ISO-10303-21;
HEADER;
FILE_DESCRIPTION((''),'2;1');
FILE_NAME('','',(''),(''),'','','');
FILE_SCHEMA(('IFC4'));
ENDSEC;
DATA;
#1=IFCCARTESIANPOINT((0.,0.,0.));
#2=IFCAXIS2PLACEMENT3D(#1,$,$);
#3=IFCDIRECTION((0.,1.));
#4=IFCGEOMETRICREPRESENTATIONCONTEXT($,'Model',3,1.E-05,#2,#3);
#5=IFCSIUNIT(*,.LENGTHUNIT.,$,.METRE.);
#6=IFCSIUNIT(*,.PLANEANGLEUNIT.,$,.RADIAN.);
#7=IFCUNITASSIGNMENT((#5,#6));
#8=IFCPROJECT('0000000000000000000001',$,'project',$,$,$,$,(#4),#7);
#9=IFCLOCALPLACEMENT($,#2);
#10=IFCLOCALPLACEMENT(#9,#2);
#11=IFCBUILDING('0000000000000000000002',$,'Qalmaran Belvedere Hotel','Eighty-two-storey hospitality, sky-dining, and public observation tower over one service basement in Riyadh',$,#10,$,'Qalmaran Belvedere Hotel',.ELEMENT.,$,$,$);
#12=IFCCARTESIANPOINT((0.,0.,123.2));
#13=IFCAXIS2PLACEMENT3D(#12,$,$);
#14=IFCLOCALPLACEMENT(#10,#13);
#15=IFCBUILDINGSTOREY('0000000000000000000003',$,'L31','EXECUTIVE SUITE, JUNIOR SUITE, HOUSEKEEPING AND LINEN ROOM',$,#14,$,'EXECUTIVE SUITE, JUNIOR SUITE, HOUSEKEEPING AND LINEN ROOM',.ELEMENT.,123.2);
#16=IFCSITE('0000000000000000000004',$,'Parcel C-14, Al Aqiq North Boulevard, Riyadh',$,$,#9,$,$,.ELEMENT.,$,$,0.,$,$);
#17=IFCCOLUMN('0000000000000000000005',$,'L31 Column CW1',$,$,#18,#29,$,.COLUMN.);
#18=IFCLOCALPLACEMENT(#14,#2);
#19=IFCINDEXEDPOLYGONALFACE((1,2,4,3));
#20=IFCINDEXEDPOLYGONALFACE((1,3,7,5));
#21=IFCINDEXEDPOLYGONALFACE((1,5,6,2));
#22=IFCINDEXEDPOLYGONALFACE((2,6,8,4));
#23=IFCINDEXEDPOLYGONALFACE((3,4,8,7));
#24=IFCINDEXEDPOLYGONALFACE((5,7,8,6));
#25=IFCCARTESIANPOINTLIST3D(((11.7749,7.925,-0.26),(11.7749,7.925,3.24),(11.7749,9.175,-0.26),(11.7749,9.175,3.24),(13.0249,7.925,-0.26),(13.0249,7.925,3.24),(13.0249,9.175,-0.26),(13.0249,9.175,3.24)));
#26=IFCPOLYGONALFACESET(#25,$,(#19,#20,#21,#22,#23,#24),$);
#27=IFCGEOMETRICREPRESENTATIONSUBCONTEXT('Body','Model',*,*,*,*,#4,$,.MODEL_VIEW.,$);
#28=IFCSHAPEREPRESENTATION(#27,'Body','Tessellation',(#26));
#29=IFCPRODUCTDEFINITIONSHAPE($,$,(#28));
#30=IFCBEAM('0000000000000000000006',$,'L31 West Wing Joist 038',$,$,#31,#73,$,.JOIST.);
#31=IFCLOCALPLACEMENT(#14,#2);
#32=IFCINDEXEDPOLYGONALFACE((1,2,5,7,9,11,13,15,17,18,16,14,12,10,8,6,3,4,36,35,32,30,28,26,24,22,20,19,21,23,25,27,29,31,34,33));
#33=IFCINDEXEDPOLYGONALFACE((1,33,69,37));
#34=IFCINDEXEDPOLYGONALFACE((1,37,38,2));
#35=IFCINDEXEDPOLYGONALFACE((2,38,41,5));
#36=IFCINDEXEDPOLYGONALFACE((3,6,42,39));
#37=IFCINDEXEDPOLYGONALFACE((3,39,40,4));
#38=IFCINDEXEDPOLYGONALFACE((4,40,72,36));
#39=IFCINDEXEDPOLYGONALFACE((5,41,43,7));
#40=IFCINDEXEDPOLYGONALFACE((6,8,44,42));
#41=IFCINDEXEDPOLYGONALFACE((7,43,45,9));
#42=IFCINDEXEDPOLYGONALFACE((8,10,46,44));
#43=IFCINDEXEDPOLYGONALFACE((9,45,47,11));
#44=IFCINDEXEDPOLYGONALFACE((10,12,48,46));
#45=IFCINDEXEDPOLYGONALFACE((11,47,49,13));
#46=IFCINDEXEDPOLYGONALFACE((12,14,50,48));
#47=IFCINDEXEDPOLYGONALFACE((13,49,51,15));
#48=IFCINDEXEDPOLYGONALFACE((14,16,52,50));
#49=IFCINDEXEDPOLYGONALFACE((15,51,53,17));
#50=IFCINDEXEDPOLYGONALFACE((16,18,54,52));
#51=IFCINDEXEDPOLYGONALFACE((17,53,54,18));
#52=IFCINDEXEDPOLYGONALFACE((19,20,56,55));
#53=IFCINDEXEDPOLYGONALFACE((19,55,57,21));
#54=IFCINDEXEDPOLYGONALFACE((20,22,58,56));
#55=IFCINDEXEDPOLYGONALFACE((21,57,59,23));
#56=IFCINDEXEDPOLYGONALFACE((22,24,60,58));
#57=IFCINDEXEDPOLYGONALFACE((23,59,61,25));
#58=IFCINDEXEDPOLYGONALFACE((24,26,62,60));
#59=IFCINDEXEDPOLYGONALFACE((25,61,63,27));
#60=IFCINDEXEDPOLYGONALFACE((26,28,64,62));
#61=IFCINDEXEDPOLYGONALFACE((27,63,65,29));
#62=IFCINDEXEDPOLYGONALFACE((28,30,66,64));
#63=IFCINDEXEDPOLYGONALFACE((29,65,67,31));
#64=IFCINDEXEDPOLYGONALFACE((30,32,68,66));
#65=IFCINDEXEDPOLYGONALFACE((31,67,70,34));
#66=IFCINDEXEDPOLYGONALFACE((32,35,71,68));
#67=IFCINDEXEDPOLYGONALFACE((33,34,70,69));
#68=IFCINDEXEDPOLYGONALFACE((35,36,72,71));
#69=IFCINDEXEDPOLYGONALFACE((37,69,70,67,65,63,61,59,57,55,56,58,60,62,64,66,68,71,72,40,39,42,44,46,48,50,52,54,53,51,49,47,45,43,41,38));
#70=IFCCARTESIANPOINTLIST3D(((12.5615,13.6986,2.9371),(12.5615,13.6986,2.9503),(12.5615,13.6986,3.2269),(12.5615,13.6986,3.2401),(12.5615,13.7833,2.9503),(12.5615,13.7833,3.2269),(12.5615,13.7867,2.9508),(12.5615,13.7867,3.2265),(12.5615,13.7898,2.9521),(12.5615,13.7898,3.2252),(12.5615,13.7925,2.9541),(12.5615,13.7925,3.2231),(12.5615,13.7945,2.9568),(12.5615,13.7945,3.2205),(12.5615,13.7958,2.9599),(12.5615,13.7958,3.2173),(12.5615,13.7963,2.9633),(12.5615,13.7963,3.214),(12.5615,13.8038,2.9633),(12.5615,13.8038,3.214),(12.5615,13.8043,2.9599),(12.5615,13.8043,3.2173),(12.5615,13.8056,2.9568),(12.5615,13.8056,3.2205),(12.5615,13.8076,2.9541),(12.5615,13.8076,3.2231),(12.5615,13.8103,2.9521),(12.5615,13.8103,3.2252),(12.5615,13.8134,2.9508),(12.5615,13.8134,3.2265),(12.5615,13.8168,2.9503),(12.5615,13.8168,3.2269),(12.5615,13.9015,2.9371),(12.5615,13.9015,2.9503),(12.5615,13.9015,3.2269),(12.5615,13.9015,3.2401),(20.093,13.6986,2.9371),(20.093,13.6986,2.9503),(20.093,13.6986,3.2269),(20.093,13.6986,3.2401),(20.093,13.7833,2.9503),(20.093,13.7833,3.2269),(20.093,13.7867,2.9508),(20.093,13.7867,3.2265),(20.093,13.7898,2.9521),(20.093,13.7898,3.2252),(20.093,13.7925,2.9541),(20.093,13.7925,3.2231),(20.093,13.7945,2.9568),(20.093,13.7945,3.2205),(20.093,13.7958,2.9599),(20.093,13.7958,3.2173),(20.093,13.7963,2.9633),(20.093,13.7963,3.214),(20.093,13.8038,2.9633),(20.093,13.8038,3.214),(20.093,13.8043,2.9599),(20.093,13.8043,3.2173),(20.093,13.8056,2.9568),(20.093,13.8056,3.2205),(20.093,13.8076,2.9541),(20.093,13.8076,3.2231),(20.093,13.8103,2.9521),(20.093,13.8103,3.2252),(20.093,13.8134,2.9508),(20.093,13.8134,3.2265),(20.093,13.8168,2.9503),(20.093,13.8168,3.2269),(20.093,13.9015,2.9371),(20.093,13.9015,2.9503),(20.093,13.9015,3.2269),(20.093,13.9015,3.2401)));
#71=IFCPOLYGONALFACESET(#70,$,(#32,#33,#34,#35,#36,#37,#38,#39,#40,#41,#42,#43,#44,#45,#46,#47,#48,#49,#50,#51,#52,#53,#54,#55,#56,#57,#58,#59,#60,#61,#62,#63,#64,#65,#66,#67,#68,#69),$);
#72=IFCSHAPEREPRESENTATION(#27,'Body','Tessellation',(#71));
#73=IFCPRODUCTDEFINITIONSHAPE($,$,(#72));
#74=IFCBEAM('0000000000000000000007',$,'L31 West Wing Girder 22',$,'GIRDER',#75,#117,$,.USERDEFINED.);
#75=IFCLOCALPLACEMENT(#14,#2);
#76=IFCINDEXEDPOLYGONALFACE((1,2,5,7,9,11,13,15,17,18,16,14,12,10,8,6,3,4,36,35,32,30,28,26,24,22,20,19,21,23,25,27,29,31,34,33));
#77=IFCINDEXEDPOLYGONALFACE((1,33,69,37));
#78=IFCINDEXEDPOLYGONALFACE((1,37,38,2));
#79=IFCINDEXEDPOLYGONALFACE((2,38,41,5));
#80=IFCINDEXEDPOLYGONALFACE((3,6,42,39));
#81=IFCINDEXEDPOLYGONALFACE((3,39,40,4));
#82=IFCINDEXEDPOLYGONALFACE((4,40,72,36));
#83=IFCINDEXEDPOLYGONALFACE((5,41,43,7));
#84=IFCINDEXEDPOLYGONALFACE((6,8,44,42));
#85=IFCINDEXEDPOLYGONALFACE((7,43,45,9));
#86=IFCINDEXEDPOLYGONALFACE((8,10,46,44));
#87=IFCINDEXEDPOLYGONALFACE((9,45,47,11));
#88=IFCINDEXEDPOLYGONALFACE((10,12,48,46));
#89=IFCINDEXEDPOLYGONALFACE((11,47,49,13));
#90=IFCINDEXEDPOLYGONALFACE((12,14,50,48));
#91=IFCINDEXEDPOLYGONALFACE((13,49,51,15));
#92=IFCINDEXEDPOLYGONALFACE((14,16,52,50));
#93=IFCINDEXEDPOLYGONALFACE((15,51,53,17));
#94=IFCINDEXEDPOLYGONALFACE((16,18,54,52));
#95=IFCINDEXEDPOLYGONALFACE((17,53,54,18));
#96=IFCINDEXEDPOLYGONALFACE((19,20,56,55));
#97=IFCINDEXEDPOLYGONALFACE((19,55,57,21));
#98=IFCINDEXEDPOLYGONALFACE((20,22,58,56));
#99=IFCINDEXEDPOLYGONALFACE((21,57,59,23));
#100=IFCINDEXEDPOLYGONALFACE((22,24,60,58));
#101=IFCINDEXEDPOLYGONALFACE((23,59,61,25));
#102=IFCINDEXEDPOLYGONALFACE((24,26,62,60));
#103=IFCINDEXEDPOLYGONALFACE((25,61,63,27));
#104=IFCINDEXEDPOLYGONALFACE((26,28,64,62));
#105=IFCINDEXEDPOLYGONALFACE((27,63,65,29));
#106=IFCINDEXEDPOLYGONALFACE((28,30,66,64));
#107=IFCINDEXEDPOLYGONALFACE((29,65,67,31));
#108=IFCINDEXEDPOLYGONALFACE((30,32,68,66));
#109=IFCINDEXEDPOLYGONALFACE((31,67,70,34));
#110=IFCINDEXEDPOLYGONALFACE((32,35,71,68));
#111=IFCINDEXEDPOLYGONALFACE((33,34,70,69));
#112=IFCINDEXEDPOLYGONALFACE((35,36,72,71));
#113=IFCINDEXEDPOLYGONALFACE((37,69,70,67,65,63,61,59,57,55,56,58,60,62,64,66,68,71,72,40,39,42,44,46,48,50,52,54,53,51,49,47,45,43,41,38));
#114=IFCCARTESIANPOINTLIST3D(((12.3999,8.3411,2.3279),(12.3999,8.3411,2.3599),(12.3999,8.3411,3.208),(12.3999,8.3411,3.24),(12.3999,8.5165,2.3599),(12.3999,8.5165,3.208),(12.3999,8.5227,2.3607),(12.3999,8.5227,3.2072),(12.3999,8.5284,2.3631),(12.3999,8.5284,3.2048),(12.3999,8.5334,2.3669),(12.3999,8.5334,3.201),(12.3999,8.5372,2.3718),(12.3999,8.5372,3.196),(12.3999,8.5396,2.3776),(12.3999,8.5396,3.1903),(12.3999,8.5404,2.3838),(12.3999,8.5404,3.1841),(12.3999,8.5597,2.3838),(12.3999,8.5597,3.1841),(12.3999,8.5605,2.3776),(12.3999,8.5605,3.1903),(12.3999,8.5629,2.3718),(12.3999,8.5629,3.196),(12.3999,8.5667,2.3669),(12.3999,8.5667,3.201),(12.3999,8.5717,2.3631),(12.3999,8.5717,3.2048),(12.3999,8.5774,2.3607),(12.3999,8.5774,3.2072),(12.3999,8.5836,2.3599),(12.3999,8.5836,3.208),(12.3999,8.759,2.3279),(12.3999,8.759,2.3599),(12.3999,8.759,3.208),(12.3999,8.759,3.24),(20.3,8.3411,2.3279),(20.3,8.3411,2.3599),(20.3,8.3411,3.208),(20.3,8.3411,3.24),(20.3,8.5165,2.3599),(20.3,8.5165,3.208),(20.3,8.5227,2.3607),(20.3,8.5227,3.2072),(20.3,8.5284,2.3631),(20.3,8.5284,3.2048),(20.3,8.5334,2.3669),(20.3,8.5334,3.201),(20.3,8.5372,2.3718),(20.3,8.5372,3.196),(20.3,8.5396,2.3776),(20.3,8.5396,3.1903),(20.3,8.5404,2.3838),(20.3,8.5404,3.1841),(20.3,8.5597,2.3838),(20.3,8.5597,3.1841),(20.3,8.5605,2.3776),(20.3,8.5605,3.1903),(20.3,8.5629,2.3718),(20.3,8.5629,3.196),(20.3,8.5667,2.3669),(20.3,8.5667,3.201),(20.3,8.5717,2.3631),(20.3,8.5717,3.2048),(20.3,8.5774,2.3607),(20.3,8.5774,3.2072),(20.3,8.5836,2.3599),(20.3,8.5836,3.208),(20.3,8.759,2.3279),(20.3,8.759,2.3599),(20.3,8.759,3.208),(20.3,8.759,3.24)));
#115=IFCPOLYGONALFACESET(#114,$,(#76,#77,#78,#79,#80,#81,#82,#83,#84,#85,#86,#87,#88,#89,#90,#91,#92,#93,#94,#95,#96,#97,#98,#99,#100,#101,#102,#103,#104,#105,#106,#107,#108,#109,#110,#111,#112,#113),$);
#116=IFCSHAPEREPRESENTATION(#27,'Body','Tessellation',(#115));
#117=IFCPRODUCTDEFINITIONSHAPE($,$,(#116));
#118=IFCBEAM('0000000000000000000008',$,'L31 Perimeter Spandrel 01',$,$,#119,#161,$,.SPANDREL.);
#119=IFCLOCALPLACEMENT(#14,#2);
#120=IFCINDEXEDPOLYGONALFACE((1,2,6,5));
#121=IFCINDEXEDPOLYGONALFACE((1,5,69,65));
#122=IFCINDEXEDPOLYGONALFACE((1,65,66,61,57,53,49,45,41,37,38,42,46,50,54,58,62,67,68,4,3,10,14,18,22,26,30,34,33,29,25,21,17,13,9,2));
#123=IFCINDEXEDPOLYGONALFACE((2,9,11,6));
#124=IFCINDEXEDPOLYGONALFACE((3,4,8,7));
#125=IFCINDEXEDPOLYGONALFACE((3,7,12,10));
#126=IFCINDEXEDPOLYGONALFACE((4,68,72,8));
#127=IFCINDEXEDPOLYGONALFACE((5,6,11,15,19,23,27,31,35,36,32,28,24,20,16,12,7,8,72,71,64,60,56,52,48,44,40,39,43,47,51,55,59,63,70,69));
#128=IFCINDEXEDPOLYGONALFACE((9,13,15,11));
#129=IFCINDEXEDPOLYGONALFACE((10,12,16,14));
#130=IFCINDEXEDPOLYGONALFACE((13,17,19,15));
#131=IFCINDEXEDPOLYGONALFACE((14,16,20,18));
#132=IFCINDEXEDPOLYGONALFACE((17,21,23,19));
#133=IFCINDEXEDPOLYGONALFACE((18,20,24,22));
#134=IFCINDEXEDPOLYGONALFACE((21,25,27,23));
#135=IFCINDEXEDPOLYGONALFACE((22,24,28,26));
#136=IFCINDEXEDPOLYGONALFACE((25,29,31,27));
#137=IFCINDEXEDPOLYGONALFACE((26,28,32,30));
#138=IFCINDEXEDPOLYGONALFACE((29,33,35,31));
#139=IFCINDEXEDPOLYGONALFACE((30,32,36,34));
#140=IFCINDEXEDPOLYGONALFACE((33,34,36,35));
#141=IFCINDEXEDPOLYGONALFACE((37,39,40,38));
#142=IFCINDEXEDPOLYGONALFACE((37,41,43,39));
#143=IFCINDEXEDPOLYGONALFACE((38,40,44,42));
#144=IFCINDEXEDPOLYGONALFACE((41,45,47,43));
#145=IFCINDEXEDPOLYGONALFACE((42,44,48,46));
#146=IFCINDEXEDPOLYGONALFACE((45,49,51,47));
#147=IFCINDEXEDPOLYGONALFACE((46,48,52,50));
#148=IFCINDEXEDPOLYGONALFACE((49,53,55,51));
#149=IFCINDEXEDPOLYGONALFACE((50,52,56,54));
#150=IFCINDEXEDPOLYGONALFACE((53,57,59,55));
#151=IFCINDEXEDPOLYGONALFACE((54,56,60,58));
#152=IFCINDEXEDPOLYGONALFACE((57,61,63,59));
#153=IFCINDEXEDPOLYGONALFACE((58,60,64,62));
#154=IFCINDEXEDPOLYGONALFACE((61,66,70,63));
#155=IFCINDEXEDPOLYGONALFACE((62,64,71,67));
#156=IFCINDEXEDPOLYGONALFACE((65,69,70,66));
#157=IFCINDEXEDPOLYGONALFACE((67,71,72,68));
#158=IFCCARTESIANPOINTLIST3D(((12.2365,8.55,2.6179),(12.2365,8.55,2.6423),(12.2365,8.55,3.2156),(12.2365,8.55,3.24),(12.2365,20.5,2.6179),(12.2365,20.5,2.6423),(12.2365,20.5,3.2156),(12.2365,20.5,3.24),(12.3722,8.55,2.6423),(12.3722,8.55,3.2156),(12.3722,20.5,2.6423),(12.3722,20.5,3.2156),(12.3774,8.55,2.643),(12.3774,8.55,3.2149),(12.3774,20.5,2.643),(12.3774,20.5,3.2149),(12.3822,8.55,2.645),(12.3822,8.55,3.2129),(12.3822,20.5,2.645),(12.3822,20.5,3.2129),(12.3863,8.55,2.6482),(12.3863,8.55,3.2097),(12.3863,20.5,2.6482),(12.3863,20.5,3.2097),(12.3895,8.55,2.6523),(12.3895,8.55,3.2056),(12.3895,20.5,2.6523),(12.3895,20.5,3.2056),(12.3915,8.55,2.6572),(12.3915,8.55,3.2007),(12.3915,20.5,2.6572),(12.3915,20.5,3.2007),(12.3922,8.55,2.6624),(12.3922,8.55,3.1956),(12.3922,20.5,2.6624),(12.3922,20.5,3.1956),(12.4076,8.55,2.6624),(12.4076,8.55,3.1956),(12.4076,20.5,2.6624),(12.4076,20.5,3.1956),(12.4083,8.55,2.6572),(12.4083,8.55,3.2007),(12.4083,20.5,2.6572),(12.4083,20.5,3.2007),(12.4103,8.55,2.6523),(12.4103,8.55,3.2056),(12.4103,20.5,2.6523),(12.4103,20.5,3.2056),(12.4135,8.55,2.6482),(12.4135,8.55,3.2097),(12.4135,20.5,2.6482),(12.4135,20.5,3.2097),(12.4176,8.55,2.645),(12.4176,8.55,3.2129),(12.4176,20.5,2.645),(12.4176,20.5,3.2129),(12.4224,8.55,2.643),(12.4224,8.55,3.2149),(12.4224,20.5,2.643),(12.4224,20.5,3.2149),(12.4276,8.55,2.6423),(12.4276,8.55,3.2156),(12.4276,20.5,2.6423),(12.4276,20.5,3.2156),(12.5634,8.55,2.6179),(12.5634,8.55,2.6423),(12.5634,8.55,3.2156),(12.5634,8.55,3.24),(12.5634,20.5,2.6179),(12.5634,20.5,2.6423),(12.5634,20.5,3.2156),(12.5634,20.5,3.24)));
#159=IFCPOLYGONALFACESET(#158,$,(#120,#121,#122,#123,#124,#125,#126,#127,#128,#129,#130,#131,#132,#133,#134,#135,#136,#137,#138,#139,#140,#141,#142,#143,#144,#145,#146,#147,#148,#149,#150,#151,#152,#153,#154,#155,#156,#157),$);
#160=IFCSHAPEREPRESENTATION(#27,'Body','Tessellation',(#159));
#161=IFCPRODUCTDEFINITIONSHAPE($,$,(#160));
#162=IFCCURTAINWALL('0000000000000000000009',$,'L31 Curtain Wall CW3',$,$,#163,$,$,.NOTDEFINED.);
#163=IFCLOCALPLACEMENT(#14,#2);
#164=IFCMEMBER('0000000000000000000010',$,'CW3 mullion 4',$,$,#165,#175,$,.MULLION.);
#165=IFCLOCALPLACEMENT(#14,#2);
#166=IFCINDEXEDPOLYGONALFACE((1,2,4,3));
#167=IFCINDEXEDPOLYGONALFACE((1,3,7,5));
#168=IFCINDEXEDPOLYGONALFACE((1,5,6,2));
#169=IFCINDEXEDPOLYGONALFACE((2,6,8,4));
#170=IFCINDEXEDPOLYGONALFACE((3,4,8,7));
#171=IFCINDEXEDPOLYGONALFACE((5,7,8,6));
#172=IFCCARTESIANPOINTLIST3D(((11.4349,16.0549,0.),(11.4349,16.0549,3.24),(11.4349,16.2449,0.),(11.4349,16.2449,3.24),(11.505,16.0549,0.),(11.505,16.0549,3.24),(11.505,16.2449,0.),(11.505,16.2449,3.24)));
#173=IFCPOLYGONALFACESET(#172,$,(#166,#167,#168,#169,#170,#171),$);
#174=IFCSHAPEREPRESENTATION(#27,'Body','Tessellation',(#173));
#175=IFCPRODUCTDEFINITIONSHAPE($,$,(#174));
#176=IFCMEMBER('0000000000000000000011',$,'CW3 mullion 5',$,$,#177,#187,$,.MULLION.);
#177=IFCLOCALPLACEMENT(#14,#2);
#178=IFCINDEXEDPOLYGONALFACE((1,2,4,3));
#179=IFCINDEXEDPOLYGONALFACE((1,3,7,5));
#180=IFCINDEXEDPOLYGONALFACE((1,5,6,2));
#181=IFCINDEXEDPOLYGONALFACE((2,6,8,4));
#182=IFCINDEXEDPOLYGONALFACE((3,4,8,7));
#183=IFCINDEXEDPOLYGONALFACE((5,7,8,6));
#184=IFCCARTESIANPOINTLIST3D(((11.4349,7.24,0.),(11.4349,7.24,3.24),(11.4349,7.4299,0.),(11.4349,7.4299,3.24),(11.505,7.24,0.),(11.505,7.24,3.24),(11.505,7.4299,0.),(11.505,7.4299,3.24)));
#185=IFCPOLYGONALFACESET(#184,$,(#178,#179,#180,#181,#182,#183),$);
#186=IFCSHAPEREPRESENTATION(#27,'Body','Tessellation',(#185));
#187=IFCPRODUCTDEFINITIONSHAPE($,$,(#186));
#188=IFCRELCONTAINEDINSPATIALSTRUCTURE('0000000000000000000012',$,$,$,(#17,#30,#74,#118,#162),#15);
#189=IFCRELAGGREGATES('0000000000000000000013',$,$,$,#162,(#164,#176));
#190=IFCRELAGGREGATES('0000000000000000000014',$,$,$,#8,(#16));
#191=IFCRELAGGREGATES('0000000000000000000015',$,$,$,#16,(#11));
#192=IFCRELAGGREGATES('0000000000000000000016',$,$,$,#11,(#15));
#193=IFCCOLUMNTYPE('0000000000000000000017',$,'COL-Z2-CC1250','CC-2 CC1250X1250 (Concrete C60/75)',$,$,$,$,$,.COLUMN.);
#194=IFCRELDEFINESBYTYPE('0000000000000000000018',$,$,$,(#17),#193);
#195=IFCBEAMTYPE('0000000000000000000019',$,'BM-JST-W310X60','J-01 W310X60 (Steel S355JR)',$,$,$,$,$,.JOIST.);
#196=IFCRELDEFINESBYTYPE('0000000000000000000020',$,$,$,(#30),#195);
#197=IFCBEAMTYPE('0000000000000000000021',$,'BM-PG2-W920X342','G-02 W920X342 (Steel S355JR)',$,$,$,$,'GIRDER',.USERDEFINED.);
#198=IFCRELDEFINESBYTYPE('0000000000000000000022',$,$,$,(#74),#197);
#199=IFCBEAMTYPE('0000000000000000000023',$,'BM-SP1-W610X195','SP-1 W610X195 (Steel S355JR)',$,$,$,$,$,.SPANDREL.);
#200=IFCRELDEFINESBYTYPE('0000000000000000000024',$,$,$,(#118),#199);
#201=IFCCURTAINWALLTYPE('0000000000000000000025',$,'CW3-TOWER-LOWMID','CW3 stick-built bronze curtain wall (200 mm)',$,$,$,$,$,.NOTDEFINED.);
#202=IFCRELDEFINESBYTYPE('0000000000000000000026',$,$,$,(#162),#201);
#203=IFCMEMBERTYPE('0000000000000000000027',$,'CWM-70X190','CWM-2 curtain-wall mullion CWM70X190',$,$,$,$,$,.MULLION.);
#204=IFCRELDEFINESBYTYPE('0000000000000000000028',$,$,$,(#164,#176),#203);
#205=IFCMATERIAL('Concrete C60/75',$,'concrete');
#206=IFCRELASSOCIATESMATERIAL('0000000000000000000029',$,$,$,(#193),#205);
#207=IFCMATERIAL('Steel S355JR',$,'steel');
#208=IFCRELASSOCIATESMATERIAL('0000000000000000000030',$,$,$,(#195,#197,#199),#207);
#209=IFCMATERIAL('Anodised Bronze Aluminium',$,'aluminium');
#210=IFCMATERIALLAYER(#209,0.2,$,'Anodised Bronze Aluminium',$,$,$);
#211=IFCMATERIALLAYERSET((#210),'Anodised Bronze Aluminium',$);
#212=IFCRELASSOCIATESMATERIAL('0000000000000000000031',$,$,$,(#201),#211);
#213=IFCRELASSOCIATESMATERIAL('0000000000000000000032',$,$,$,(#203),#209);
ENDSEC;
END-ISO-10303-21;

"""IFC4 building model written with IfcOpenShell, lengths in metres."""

from ifc_helpers import new_model, si_unit, direction, frame, origin, origin_2d, place, context, subcontext, project, spatial, rectangle, i_section, extrude, material, layer, layer_set, material_profile, profile_set, type_object, element, aggregate, save


model = new_model("IFC4")

# Units and contexts
model_context = context("Model", 3, precision=1e-05, world=origin(), true_north=direction((0.0, 1.0)))
body_context = subcontext(model_context, "Body", "Model", "MODEL_VIEW")
ifc_project = project(units=[si_unit("LENGTHUNIT", "METRE"), si_unit("PLANEANGLEUNIT", "RADIAN")], contexts=[model_context])

# Site, building, storey
site_placement = place(None, origin())
site = spatial("IfcSite", under=ifc_project, at=site_placement, Name="Parcel C-14, Al Aqiq North Boulevard, Riyadh", CompositionType="ELEMENT", RefElevation=0.0)
building_placement = place(site_placement, origin())
building = spatial("IfcBuilding", under=site, at=building_placement, Name="Qalmaran Belvedere Hotel", Description="Eighty-two-storey hospitality, sky-dining, and public observation tower over one service basement in Riyadh", LongName="Qalmaran Belvedere Hotel", CompositionType="ELEMENT")
storey_placement = place(building_placement, frame((0.0, 0.0, 123.2)))
storey = spatial("IfcBuildingStorey", under=building, at=storey_placement, Name="L31", Description="EXECUTIVE SUITE, JUNIOR SUITE, HOUSEKEEPING AND LINEN ROOM", LongName="EXECUTIVE SUITE, JUNIOR SUITE, HOUSEKEEPING AND LINEN ROOM", CompositionType="ELEMENT", Elevation=123.2)

# Column
ifc_material_1 = material(Name="Concrete C60/75", Category="concrete")
ifc_material_profile_1 = material_profile(ifc_material_1, rectangle(XDim=1.25, YDim=1.25, at=origin_2d()), Name="CC1250X1250")
ifc_profile_set_1 = profile_set([ifc_material_profile_1], Name="Concrete C60/75")
column_type = type_object("IfcColumnType", Name="COL-Z2-CC1250", Description="CC-2 CC1250X1250 (Concrete C60/75)", PredefinedType="COLUMN", material=ifc_profile_set_1)
column_placement = place(storey_placement, frame((12.3999, 8.55, -0.26), z_axis=(0.0, 0.0, 1.0), x_axis=(1.0, 0.0, 0.0)))
element("IfcColumn", 1, at=column_placement, inside=storey, type_object=column_type, Name="L31 Column CW1", PredefinedType="COLUMN", context=body_context, shape_type="SweptSolid", body=[
    extrude(rectangle(XDim=1.25, YDim=1.25, at=origin_2d()), origin(), (0.0, 0.0, 1.0), 3.5),
])

# Beams
ifc_material_2 = material(Name="Steel S355JR", Category="steel")
ifc_material_profile_2 = material_profile(ifc_material_2, i_section(OverallWidth=0.2029, OverallDepth=0.303, WebThickness=0.0076, FlangeThickness=0.0132, FilletRadius=0.0129, at=origin_2d()), Name="W310X60")
ifc_profile_set_2 = profile_set([ifc_material_profile_2], Name="Steel S355JR")
beam_type_1 = type_object("IfcBeamType", Name="BM-JST-W310X60", Description="J-01 W310X60 (Steel S355JR)", PredefinedType="JOIST", material=ifc_profile_set_2)
beam_1_placement = place(storey_placement, frame((12.5615, 13.8, 3.0886), z_axis=(1.0, 0.0, 0.0), x_axis=(0.0, 1.0, 0.0)))
element("IfcBeam", 2, at=beam_1_placement, inside=storey, type_object=beam_type_1, Name="L31 West Wing Joist 038", PredefinedType="JOIST", context=body_context, shape_type="SweptSolid", body=[
    extrude(i_section(OverallWidth=0.2029, OverallDepth=0.303, WebThickness=0.0076, FlangeThickness=0.0132, FilletRadius=0.0129, at=origin_2d()), origin(), (0.0, 0.0, 1.0), 7.5315),
])
ifc_material_profile_3 = material_profile(ifc_material_2, i_section(OverallWidth=0.418, OverallDepth=0.9121, WebThickness=0.0193, FlangeThickness=0.032, FilletRadius=0.0239, at=origin_2d()), Name="W920X342")
ifc_profile_set_3 = profile_set([ifc_material_profile_3], Name="Steel S355JR")
beam_type_2 = type_object("IfcBeamType", Name="BM-PG2-W920X342", Description="G-02 W920X342 (Steel S355JR)", ElementType="GIRDER", PredefinedType="USERDEFINED", material=ifc_profile_set_3)
beam_2_placement = place(storey_placement, frame((12.3999, 8.55, 2.7839), z_axis=(1.0, 0.0, 0.0), x_axis=(0.0, 1.0, 0.0)))
element("IfcBeam", 3, at=beam_2_placement, inside=storey, type_object=beam_type_2, Name="L31 West Wing Girder 22", ObjectType="GIRDER", PredefinedType="USERDEFINED", context=body_context, shape_type="SweptSolid", body=[
    extrude(i_section(OverallWidth=0.418, OverallDepth=0.9121, WebThickness=0.0193, FlangeThickness=0.032, FilletRadius=0.0239, at=origin_2d()), origin(), (0.0, 0.0, 1.0), 7.9001),
])
ifc_material_profile_4 = material_profile(ifc_material_2, i_section(OverallWidth=0.3269, OverallDepth=0.6221, WebThickness=0.0154, FlangeThickness=0.0244, FilletRadius=0.02, at=origin_2d()), Name="W610X195")
ifc_profile_set_4 = profile_set([ifc_material_profile_4], Name="Steel S355JR")
beam_type_3 = type_object("IfcBeamType", Name="BM-SP1-W610X195", Description="SP-1 W610X195 (Steel S355JR)", PredefinedType="SPANDREL", material=ifc_profile_set_4)
beam_3_placement = place(storey_placement, frame((12.3999, 8.55, 2.929), z_axis=(0.0, 1.0, 0.0), x_axis=(-1.0, 0.0, 0.0)))
element("IfcBeam", 4, at=beam_3_placement, inside=storey, type_object=beam_type_3, Name="L31 Perimeter Spandrel 01", PredefinedType="SPANDREL", context=body_context, shape_type="SweptSolid", body=[
    extrude(i_section(OverallWidth=0.3269, OverallDepth=0.6221, WebThickness=0.0154, FlangeThickness=0.0244, FilletRadius=0.02, at=origin_2d()), origin(), (0.0, 0.0, 1.0), 11.95),
])

# Curtain wall, members
ifc_material_3 = material(Name="Anodised Bronze Aluminium", Category="aluminium")
ifc_layer_1 = layer(ifc_material_3, 0.2, Name="Anodised Bronze Aluminium")
ifc_layer_set_1 = layer_set([ifc_layer_1], Name="Anodised Bronze Aluminium")
curtain_wall_type = type_object("IfcCurtainWallType", Name="CW3-TOWER-LOWMID", Description="CW3 stick-built bronze curtain wall (200 mm)", PredefinedType="NOTDEFINED", material=ifc_layer_set_1)
curtain_wall_1_placement = place(storey_placement, origin())
curtain_wall_1 = element("IfcCurtainWall", 5, at=curtain_wall_1_placement, inside=storey, type_object=curtain_wall_type, Name="L31 Curtain Wall CW3", PredefinedType="NOTDEFINED")
ifc_material_profile_5 = material_profile(ifc_material_3, rectangle(XDim=0.0701, YDim=0.1899, at=origin_2d()), Name="CWM70X190")
ifc_profile_set_5 = profile_set([ifc_material_profile_5], Name="Anodised Bronze Aluminium")
member_type_1 = type_object("IfcMemberType", Name="CWM-70X190", Description="CWM-2 curtain-wall mullion CWM70X190", PredefinedType="MULLION", material=ifc_profile_set_5)
member_1_placement = place(storey_placement, frame((11.47, 16.1499, 0.0), z_axis=(0.0, 0.0, 1.0), x_axis=(1.0, 0.0, 0.0)))
member_1 = element("IfcMember", 6, at=member_1_placement, type_object=member_type_1, Name="CW3 mullion 4", PredefinedType="MULLION", context=body_context, shape_type="SweptSolid", body=[
    extrude(rectangle(XDim=0.0701, YDim=0.1899, at=origin_2d()), origin(), (0.0, 0.0, 1.0), 3.24),
])
member_2_placement = place(storey_placement, frame((11.47, 7.335, 0.0), z_axis=(0.0, 0.0, 1.0), x_axis=(1.0, 0.0, 0.0)))
member_2 = element("IfcMember", 7, at=member_2_placement, type_object=member_type_1, Name="CW3 mullion 5", PredefinedType="MULLION", context=body_context, shape_type="SweptSolid", body=[
    extrude(rectangle(XDim=0.0701, YDim=0.1899, at=origin_2d()), origin(), (0.0, 0.0, 1.0), 3.24),
])

aggregate(curtain_wall_1, [member_1, member_2])

save(model, "model.ifc")
